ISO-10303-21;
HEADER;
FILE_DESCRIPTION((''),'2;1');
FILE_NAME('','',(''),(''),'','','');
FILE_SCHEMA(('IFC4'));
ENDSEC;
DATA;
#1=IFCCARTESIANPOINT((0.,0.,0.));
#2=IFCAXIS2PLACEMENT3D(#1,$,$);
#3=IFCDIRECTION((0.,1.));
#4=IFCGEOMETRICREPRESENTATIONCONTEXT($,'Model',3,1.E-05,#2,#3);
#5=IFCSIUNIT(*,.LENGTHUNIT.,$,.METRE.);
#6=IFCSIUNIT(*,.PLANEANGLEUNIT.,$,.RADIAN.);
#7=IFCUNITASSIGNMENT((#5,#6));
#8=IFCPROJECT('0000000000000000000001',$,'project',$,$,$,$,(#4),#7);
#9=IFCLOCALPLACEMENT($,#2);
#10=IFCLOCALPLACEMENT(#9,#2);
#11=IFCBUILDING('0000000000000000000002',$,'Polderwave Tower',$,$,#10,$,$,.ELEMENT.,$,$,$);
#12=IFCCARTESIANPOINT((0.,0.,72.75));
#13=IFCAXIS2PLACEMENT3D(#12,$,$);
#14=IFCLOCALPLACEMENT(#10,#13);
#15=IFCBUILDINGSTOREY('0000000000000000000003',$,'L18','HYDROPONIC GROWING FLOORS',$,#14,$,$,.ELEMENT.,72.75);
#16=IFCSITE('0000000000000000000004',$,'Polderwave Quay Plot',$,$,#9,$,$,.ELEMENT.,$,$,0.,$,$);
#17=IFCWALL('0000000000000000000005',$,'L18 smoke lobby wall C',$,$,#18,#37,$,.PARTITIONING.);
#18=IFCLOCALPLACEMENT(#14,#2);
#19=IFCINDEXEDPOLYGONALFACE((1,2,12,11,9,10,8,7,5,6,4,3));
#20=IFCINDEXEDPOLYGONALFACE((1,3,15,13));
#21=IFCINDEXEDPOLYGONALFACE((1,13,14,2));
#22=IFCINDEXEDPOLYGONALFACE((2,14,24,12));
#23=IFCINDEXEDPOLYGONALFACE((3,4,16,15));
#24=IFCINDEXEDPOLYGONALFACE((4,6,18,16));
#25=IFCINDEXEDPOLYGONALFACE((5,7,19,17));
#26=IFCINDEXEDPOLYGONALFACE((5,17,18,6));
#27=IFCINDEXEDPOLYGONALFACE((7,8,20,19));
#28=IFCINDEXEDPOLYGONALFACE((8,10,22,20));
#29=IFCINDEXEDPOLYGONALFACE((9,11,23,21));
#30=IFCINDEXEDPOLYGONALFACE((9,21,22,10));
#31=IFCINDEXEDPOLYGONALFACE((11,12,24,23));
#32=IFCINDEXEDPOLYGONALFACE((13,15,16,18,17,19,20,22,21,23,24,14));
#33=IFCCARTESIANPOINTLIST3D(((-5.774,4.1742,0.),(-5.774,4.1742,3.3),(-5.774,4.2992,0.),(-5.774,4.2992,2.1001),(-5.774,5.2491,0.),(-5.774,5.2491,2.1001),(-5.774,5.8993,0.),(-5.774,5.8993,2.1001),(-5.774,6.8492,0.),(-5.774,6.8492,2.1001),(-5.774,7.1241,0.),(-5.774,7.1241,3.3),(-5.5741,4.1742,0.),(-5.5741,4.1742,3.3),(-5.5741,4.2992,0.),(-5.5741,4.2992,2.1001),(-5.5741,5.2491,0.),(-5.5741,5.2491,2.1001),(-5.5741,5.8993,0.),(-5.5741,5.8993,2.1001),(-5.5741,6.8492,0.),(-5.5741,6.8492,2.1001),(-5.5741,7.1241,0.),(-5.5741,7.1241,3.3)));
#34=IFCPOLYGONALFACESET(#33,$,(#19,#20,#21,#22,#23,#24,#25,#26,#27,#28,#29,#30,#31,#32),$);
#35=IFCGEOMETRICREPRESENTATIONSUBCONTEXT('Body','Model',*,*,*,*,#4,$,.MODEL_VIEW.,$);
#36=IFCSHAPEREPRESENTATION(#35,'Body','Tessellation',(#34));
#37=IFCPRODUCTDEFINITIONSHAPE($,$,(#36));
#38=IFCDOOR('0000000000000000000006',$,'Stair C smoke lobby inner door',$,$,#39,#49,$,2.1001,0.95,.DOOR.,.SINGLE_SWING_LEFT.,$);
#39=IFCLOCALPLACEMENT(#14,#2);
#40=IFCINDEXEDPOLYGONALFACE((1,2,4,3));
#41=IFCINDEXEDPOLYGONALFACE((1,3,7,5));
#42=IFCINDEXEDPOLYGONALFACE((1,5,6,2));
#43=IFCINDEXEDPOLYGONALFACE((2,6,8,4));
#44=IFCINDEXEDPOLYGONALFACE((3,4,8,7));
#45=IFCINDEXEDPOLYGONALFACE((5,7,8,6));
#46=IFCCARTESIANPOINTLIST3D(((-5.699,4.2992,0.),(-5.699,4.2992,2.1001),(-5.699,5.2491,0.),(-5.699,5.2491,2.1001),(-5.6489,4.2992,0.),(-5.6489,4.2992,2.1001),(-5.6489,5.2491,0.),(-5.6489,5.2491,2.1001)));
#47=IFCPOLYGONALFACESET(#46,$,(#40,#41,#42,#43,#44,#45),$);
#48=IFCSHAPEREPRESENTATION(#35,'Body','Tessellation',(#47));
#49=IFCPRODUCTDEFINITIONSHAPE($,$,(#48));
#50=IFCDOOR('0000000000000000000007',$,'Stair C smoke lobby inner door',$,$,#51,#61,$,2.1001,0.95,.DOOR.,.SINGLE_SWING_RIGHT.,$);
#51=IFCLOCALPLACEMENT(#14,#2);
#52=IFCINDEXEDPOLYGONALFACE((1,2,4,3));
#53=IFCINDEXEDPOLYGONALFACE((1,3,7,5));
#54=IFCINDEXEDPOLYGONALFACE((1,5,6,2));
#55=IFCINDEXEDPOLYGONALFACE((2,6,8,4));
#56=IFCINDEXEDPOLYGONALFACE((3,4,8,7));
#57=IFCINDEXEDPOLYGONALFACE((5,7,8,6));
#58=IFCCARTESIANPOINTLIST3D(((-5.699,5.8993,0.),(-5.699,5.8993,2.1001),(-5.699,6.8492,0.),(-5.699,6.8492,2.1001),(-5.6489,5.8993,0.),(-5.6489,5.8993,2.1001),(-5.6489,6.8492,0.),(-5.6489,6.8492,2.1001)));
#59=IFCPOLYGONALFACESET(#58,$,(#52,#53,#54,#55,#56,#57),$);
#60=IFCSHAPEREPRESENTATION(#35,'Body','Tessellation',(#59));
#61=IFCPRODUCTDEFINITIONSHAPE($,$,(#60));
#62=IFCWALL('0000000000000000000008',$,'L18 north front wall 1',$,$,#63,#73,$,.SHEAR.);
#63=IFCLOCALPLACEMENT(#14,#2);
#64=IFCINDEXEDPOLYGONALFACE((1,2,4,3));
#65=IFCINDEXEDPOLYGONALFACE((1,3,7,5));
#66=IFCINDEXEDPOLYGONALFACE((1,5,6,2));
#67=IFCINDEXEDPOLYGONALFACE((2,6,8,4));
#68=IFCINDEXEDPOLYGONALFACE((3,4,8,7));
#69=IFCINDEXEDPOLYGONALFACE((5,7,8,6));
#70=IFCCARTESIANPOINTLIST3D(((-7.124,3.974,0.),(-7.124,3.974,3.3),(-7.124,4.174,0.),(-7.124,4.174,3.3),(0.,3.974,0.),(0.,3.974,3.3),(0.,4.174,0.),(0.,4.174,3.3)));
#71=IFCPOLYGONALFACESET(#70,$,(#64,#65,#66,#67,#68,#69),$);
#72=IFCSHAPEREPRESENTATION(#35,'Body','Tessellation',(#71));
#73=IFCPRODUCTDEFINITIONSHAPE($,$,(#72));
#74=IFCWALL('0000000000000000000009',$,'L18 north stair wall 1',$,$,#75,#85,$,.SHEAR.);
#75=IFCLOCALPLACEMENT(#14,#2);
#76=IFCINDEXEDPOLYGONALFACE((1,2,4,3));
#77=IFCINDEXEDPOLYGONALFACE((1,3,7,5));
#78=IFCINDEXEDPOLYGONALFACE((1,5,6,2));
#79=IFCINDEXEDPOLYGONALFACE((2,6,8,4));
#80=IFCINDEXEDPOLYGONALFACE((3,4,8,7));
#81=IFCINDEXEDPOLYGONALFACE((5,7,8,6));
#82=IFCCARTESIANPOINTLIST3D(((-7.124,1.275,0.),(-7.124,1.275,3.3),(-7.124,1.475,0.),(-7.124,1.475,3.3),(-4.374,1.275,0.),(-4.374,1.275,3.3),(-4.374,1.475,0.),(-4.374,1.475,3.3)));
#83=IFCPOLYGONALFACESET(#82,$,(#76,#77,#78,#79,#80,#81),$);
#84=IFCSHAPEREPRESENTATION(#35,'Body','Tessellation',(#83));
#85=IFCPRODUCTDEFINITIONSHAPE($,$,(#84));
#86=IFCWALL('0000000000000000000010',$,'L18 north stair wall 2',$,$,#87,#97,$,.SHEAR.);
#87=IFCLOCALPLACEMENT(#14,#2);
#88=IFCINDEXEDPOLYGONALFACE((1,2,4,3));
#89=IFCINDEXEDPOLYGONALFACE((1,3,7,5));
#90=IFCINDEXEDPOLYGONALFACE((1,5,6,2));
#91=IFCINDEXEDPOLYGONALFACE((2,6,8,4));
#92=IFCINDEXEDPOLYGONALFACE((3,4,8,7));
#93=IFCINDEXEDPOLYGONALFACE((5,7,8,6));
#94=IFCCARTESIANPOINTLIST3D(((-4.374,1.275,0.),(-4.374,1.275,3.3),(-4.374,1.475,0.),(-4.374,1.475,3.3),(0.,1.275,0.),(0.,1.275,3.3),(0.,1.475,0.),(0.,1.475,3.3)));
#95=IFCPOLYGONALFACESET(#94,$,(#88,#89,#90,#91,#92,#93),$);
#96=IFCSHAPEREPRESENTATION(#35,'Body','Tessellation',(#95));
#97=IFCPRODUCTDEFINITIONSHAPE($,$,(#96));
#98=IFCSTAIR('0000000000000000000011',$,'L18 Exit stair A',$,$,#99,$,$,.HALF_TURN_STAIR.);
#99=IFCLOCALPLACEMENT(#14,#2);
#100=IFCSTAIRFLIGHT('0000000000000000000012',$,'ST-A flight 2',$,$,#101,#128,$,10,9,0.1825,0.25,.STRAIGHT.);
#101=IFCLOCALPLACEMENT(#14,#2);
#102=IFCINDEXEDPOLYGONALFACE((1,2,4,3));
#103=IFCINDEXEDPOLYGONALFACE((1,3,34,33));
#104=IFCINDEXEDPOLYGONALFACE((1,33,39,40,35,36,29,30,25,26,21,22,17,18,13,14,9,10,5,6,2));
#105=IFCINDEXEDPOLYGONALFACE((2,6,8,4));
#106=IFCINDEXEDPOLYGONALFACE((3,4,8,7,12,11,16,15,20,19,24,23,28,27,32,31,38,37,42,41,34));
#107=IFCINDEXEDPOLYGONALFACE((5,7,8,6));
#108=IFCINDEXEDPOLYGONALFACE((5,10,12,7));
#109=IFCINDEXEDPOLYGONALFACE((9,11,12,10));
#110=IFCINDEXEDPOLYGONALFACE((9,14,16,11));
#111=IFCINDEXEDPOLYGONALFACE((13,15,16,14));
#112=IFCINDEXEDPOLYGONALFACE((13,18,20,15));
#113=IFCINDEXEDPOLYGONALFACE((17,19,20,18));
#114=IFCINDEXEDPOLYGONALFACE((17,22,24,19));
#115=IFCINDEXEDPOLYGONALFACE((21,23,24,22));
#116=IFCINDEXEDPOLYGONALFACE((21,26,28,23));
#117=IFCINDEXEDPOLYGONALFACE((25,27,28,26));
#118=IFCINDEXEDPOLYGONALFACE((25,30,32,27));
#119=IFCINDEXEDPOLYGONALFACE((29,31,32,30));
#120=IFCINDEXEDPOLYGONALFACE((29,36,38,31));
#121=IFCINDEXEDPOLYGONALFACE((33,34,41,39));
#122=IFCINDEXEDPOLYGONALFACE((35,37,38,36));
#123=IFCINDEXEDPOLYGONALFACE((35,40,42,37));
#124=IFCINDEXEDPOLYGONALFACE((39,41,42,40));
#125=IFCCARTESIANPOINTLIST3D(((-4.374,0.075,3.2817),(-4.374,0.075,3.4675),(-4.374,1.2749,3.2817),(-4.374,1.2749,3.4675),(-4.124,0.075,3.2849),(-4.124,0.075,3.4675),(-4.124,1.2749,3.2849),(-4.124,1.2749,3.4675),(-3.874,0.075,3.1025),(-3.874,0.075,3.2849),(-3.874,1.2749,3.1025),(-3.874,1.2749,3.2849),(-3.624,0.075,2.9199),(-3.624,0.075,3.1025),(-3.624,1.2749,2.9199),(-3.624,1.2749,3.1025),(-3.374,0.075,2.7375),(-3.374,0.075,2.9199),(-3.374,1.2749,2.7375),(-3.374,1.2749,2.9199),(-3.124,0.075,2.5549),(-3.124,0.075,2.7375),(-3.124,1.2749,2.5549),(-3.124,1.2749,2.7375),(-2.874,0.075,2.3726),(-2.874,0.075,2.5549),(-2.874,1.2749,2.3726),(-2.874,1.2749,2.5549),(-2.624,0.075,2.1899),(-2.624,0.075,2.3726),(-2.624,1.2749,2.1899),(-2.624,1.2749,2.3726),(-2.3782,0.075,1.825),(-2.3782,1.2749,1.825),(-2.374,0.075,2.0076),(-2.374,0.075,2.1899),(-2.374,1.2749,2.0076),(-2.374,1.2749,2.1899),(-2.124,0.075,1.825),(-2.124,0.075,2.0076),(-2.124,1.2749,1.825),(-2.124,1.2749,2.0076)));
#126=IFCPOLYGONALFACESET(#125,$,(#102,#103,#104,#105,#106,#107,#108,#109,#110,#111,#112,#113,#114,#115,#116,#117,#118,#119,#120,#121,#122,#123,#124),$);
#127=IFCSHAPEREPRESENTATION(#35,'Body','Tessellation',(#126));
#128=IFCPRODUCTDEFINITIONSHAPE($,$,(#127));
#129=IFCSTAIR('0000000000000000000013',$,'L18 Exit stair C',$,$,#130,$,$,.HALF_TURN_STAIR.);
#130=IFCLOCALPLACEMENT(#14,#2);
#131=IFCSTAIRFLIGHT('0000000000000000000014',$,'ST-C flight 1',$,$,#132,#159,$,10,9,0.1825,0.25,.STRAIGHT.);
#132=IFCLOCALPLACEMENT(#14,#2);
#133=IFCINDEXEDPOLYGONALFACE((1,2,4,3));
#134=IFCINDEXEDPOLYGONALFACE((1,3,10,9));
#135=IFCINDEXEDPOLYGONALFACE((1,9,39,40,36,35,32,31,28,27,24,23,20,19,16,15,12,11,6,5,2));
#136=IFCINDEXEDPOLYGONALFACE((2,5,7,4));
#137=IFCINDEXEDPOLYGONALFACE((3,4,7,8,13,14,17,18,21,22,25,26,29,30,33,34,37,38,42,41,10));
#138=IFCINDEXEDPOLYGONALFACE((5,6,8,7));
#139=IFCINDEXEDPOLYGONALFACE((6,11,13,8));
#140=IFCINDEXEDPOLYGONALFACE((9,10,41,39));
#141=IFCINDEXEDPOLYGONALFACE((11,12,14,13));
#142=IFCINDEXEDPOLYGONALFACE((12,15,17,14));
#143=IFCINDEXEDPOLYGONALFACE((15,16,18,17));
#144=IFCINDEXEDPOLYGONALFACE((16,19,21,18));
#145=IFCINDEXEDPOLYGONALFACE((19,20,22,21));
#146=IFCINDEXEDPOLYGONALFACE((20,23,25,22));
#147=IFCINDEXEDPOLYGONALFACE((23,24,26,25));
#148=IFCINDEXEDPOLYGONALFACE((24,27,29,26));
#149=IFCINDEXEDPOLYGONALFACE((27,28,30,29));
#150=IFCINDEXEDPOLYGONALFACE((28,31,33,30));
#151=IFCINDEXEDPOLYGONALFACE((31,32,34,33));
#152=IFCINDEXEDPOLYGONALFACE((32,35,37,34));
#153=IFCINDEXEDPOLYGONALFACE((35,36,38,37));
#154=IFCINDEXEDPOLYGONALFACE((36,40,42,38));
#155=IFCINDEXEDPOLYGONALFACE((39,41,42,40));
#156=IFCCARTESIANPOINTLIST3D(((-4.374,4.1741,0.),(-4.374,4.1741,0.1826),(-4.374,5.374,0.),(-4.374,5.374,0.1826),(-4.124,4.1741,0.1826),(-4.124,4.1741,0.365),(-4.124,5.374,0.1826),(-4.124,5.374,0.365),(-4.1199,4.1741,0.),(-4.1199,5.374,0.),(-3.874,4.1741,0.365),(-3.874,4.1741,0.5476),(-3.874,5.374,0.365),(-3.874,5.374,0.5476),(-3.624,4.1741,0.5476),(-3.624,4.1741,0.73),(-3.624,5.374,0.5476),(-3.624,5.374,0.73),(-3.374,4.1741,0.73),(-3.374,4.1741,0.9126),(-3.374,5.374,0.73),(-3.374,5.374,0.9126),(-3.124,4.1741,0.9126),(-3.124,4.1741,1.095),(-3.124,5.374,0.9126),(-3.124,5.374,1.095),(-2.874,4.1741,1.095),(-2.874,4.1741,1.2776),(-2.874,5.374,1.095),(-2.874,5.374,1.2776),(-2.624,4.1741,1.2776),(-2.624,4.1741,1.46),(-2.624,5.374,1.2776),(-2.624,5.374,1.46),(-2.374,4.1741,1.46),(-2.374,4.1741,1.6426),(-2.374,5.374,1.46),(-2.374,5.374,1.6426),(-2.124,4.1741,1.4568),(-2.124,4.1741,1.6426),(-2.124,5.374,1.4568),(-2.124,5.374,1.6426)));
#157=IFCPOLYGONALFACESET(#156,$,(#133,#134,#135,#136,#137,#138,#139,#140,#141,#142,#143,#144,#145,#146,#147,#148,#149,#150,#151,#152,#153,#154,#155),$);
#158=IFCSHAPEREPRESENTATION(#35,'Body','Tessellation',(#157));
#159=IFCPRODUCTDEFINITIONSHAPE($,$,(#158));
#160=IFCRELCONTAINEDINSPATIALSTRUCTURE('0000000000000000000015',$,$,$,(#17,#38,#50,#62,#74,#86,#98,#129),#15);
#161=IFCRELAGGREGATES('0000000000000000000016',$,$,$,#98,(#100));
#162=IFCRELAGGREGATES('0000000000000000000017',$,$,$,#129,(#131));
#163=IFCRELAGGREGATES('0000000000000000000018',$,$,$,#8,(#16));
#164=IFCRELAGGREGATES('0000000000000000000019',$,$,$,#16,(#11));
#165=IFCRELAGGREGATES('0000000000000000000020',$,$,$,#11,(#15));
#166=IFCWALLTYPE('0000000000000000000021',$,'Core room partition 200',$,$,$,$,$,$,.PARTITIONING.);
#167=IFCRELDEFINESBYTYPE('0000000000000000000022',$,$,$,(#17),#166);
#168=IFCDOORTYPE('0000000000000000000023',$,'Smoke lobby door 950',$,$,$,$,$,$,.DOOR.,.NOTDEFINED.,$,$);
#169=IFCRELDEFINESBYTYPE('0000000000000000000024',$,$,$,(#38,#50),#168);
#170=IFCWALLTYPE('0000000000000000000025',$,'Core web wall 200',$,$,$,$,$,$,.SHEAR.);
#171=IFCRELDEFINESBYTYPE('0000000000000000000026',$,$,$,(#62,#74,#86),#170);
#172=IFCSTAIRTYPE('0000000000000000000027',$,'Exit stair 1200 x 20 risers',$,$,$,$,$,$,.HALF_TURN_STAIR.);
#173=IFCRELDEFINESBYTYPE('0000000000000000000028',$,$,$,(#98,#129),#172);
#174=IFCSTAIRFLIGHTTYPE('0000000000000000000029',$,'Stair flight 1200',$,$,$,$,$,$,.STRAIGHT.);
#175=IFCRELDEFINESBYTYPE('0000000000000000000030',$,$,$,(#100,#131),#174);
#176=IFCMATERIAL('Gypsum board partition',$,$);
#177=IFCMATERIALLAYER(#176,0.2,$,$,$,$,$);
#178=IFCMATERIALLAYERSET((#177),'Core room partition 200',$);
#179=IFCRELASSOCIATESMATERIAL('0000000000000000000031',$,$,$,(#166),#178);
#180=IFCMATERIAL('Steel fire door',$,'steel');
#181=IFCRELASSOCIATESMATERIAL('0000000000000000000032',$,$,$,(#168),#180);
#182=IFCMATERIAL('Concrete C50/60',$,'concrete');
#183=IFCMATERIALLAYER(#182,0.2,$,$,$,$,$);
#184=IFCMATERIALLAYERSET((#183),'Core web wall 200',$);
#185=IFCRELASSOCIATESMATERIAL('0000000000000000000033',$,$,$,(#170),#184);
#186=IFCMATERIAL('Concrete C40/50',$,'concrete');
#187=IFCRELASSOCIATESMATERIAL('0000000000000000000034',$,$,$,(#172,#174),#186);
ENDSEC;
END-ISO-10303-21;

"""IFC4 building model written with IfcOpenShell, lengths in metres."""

from ifc_helpers import new_model, si_unit, direction, frame, frame_2d, origin, place, context, subcontext, project, spatial, polyline, rectangle, outline, extrude, material, layer, layer_set, type_object, element, fill, aggregate, save


model = new_model("IFC4")

# Units and contexts
model_context = context("Model", 3, precision=1e-05, world=origin(), true_north=direction((0.0, 1.0)))
body_context = subcontext(model_context, "Body", "Model", "MODEL_VIEW")
ifc_project = project(units=[si_unit("LENGTHUNIT", "METRE"), si_unit("PLANEANGLEUNIT", "RADIAN")], contexts=[model_context])

# Site, building, storey
site_placement = place(None, origin())
site = spatial("IfcSite", under=ifc_project, at=site_placement, Name="Polderwave Quay Plot", CompositionType="ELEMENT", RefElevation=0.0)
building_placement = place(site_placement, origin())
building = spatial("IfcBuilding", under=site, at=building_placement, Name="Polderwave Tower", CompositionType="ELEMENT")
storey_placement = place(building_placement, frame((0.0, 0.0, 72.75)))
storey = spatial("IfcBuildingStorey", under=building, at=storey_placement, Name="L18", Description="HYDROPONIC GROWING FLOORS", CompositionType="ELEMENT", Elevation=72.75)

# Wall, openings, doors
ifc_material_1 = material(Name="Gypsum board partition")
ifc_layer_1 = layer(ifc_material_1, 0.2)
ifc_layer_set_1 = layer_set([ifc_layer_1], Name="Core room partition 200")
wall_type_1 = type_object("IfcWallType", Name="Core room partition 200", PredefinedType="PARTITIONING", material=ifc_layer_set_1)
wall_1_placement = place(storey_placement, frame((-5.6741, 4.1741, 0.0), z_axis=(0.0, 0.0, 1.0), x_axis=(0.0, 1.0, 0.0)))
wall_1 = element("IfcWall", 1, at=wall_1_placement, inside=storey, type_object=wall_type_1, Name="L18 smoke lobby wall C", PredefinedType="PARTITIONING", context=body_context, shape_type="SweptSolid", body=[
    extrude(rectangle(XDim=2.95, YDim=0.2, at=frame_2d((1.4751, 0.0))), origin(), (0.0, 0.0, 1.0), 3.3),
])
opening_1_placement = place(wall_1_placement, frame((0.125, 0.0, 0.0)))
opening_1 = element("IfcOpeningElement", 2, at=opening_1_placement, cuts=wall_1, PredefinedType="OPENING", context=body_context, shape_type="SweptSolid", body=[
    extrude(rectangle(XDim=0.95, YDim=2.1001, at=frame_2d((0.4751, 1.05))), frame((0.0, 0.1099, 0.0), z_axis=(0.0, -1.0, 0.0), x_axis=(1.0, 0.0, 0.0)), (0.0, 0.0, 1.0), 0.22),
])
opening_2_placement = place(wall_1_placement, frame((1.7251, 0.0, 0.0)))
opening_2 = element("IfcOpeningElement", 3, at=opening_2_placement, cuts=wall_1, PredefinedType="OPENING", context=body_context, shape_type="SweptSolid", body=[
    extrude(rectangle(XDim=0.95, YDim=2.1001, at=frame_2d((0.4751, 1.05))), frame((0.0, 0.1099, 0.0), z_axis=(0.0, -1.0, 0.0), x_axis=(1.0, 0.0, 0.0)), (0.0, 0.0, 1.0), 0.22),
])
ifc_material_2 = material(Name="Steel fire door", Category="steel")
door_type = type_object("IfcDoorType", Name="Smoke lobby door 950", OperationType="NOTDEFINED", PredefinedType="DOOR", material=ifc_material_2)
door_1_placement = place(opening_1_placement, origin())
door_1 = element("IfcDoor", 4, at=door_1_placement, inside=storey, type_object=door_type, Name="Stair C smoke lobby inner door", OperationType="SINGLE_SWING_LEFT", OverallHeight=2.1001, OverallWidth=0.95, PredefinedType="DOOR", context=body_context, shape_type="SweptSolid", body=[
    extrude(rectangle(XDim=0.95, YDim=2.1001, at=frame_2d((0.4751, 1.05))), frame((0.0, 0.0249, 0.0), z_axis=(0.0, -1.0, 0.0), x_axis=(1.0, 0.0, 0.0)), (0.0, 0.0, 1.0), 0.05),
])
fill(opening_1, door_1)
door_2_placement = place(opening_2_placement, origin())
door_2 = element("IfcDoor", 5, at=door_2_placement, inside=storey, type_object=door_type, Name="Stair C smoke lobby inner door", OperationType="SINGLE_SWING_RIGHT", OverallHeight=2.1001, OverallWidth=0.95, PredefinedType="DOOR", context=body_context, shape_type="SweptSolid", body=[
    extrude(rectangle(XDim=0.95, YDim=2.1001, at=frame_2d((0.4751, 1.05))), frame((0.0, 0.0249, 0.0), z_axis=(0.0, -1.0, 0.0), x_axis=(1.0, 0.0, 0.0)), (0.0, 0.0, 1.0), 0.05),
])
fill(opening_2, door_2)

# Walls
ifc_material_3 = material(Name="Concrete C50/60", Category="concrete")
ifc_layer_2 = layer(ifc_material_3, 0.2)
ifc_layer_set_2 = layer_set([ifc_layer_2], Name="Core web wall 200")
wall_type_2 = type_object("IfcWallType", Name="Core web wall 200", PredefinedType="SHEAR", material=ifc_layer_set_2)
wall_2_placement = place(storey_placement, frame((-7.124, 4.074, 0.0), z_axis=(0.0, 0.0, 1.0), x_axis=(1.0, 0.0, 0.0)))
element("IfcWall", 6, at=wall_2_placement, inside=storey, type_object=wall_type_2, Name="L18 north front wall 1", PredefinedType="SHEAR", context=body_context, shape_type="SweptSolid", body=[
    extrude(rectangle(XDim=7.124, YDim=0.2, at=frame_2d((3.562, 0.0))), origin(), (0.0, 0.0, 1.0), 3.3),
])
wall_3_placement = place(storey_placement, frame((-7.124, 1.375, 0.0), z_axis=(0.0, 0.0, 1.0), x_axis=(1.0, 0.0, 0.0)))
element("IfcWall", 7, at=wall_3_placement, inside=storey, type_object=wall_type_2, Name="L18 north stair wall 1", PredefinedType="SHEAR", context=body_context, shape_type="SweptSolid", body=[
    extrude(rectangle(XDim=2.75, YDim=0.2, at=frame_2d((1.375, 0.0))), origin(), (0.0, 0.0, 1.0), 3.3),
])
wall_4_placement = place(storey_placement, frame((-4.374, 1.375, 0.0), z_axis=(0.0, 0.0, 1.0), x_axis=(1.0, 0.0, 0.0)))
element("IfcWall", 8, at=wall_4_placement, inside=storey, type_object=wall_type_2, Name="L18 north stair wall 2", PredefinedType="SHEAR", context=body_context, shape_type="SweptSolid", body=[
    extrude(rectangle(XDim=4.374, YDim=0.2, at=frame_2d((2.187, 0.0))), origin(), (0.0, 0.0, 1.0), 3.3),
])

# Stairs, stair flights
ifc_material_4 = material(Name="Concrete C40/50", Category="concrete")
stair_type = type_object("IfcStairType", Name="Exit stair 1200 x 20 risers", PredefinedType="HALF_TURN_STAIR", material=ifc_material_4)
stair_1_placement = place(storey_placement, origin())
stair_1 = element("IfcStair", 9, at=stair_1_placement, inside=storey, type_object=stair_type, Name="L18 Exit stair A", PredefinedType="HALF_TURN_STAIR")
stair_flight_type = type_object("IfcStairFlightType", Name="Stair flight 1200", PredefinedType="STRAIGHT", material=ifc_material_4)
stair_flight_1_placement = place(storey_placement, frame((-2.124, 0.675, 1.825), z_axis=(0.0, 0.0, 1.0), x_axis=(-1.0, 0.0, 0.0)))
stair_flight_1 = element("IfcStairFlight", 10, at=stair_flight_1_placement, type_object=stair_flight_type, Name="ST-A flight 2", NumberOfRisers=10, NumberOfTreads=9, PredefinedType="STRAIGHT", RiserHeight=0.1825, TreadLength=0.25, context=body_context, shape_type="SweptSolid", body=[
    extrude(outline(polyline([(0.0, 0.0), (0.0, 0.1826), (0.25, 0.1826), (0.25, 0.365), (0.5, 0.365), (0.5, 0.5476), (0.75, 0.5476), (0.75, 0.73), (1.0, 0.73), (1.0, 0.9126), (1.25, 0.9126), (1.25, 1.095), (1.5, 1.095), (1.5, 1.2776), (1.75, 1.2776), (1.75, 1.46), (2.0, 1.46), (2.0, 1.6426), (2.25, 1.6426), (2.25, 1.825), (2.25, 1.4568), (0.2542, 0.0), (0.0, 0.0)])), frame((0.0, 0.6001, 0.0), z_axis=(0.0, -1.0, 0.0), x_axis=(1.0, 0.0, 0.0)), (0.0, 0.0, 1.0), 1.2),
])
aggregate(stair_1, [stair_flight_1])
stair_2_placement = place(storey_placement, origin())
stair_2 = element("IfcStair", 11, at=stair_2_placement, inside=storey, type_object=stair_type, Name="L18 Exit stair C", PredefinedType="HALF_TURN_STAIR")
stair_flight_2_placement = place(storey_placement, frame((-4.374, 4.7739, 0.0), z_axis=(0.0, 0.0, 1.0), x_axis=(1.0, 0.0, 0.0)))
stair_flight_2 = element("IfcStairFlight", 12, at=stair_flight_2_placement, type_object=stair_flight_type, Name="ST-C flight 1", NumberOfRisers=10, NumberOfTreads=9, PredefinedType="STRAIGHT", RiserHeight=0.1825, TreadLength=0.25, context=body_context, shape_type="SweptSolid", body=[
    extrude(outline(polyline([(0.0, 0.0), (0.0, 0.1826), (0.25, 0.1826), (0.25, 0.365), (0.5, 0.365), (0.5, 0.5476), (0.75, 0.5476), (0.75, 0.73), (1.0, 0.73), (1.0, 0.9126), (1.25, 0.9126), (1.25, 1.095), (1.5, 1.095), (1.5, 1.2776), (1.75, 1.2776), (1.75, 1.46), (2.0, 1.46), (2.0, 1.6426), (2.25, 1.6426), (2.25, 1.825), (2.25, 1.4568), (0.2542, 0.0), (0.0, 0.0)])), frame((0.0, 0.6001, 0.0), z_axis=(0.0, -1.0, 0.0), x_axis=(1.0, 0.0, 0.0)), (0.0, 0.0, 1.0), 1.2),
])
aggregate(stair_2, [stair_flight_2])

save(model, "model.ifc")
